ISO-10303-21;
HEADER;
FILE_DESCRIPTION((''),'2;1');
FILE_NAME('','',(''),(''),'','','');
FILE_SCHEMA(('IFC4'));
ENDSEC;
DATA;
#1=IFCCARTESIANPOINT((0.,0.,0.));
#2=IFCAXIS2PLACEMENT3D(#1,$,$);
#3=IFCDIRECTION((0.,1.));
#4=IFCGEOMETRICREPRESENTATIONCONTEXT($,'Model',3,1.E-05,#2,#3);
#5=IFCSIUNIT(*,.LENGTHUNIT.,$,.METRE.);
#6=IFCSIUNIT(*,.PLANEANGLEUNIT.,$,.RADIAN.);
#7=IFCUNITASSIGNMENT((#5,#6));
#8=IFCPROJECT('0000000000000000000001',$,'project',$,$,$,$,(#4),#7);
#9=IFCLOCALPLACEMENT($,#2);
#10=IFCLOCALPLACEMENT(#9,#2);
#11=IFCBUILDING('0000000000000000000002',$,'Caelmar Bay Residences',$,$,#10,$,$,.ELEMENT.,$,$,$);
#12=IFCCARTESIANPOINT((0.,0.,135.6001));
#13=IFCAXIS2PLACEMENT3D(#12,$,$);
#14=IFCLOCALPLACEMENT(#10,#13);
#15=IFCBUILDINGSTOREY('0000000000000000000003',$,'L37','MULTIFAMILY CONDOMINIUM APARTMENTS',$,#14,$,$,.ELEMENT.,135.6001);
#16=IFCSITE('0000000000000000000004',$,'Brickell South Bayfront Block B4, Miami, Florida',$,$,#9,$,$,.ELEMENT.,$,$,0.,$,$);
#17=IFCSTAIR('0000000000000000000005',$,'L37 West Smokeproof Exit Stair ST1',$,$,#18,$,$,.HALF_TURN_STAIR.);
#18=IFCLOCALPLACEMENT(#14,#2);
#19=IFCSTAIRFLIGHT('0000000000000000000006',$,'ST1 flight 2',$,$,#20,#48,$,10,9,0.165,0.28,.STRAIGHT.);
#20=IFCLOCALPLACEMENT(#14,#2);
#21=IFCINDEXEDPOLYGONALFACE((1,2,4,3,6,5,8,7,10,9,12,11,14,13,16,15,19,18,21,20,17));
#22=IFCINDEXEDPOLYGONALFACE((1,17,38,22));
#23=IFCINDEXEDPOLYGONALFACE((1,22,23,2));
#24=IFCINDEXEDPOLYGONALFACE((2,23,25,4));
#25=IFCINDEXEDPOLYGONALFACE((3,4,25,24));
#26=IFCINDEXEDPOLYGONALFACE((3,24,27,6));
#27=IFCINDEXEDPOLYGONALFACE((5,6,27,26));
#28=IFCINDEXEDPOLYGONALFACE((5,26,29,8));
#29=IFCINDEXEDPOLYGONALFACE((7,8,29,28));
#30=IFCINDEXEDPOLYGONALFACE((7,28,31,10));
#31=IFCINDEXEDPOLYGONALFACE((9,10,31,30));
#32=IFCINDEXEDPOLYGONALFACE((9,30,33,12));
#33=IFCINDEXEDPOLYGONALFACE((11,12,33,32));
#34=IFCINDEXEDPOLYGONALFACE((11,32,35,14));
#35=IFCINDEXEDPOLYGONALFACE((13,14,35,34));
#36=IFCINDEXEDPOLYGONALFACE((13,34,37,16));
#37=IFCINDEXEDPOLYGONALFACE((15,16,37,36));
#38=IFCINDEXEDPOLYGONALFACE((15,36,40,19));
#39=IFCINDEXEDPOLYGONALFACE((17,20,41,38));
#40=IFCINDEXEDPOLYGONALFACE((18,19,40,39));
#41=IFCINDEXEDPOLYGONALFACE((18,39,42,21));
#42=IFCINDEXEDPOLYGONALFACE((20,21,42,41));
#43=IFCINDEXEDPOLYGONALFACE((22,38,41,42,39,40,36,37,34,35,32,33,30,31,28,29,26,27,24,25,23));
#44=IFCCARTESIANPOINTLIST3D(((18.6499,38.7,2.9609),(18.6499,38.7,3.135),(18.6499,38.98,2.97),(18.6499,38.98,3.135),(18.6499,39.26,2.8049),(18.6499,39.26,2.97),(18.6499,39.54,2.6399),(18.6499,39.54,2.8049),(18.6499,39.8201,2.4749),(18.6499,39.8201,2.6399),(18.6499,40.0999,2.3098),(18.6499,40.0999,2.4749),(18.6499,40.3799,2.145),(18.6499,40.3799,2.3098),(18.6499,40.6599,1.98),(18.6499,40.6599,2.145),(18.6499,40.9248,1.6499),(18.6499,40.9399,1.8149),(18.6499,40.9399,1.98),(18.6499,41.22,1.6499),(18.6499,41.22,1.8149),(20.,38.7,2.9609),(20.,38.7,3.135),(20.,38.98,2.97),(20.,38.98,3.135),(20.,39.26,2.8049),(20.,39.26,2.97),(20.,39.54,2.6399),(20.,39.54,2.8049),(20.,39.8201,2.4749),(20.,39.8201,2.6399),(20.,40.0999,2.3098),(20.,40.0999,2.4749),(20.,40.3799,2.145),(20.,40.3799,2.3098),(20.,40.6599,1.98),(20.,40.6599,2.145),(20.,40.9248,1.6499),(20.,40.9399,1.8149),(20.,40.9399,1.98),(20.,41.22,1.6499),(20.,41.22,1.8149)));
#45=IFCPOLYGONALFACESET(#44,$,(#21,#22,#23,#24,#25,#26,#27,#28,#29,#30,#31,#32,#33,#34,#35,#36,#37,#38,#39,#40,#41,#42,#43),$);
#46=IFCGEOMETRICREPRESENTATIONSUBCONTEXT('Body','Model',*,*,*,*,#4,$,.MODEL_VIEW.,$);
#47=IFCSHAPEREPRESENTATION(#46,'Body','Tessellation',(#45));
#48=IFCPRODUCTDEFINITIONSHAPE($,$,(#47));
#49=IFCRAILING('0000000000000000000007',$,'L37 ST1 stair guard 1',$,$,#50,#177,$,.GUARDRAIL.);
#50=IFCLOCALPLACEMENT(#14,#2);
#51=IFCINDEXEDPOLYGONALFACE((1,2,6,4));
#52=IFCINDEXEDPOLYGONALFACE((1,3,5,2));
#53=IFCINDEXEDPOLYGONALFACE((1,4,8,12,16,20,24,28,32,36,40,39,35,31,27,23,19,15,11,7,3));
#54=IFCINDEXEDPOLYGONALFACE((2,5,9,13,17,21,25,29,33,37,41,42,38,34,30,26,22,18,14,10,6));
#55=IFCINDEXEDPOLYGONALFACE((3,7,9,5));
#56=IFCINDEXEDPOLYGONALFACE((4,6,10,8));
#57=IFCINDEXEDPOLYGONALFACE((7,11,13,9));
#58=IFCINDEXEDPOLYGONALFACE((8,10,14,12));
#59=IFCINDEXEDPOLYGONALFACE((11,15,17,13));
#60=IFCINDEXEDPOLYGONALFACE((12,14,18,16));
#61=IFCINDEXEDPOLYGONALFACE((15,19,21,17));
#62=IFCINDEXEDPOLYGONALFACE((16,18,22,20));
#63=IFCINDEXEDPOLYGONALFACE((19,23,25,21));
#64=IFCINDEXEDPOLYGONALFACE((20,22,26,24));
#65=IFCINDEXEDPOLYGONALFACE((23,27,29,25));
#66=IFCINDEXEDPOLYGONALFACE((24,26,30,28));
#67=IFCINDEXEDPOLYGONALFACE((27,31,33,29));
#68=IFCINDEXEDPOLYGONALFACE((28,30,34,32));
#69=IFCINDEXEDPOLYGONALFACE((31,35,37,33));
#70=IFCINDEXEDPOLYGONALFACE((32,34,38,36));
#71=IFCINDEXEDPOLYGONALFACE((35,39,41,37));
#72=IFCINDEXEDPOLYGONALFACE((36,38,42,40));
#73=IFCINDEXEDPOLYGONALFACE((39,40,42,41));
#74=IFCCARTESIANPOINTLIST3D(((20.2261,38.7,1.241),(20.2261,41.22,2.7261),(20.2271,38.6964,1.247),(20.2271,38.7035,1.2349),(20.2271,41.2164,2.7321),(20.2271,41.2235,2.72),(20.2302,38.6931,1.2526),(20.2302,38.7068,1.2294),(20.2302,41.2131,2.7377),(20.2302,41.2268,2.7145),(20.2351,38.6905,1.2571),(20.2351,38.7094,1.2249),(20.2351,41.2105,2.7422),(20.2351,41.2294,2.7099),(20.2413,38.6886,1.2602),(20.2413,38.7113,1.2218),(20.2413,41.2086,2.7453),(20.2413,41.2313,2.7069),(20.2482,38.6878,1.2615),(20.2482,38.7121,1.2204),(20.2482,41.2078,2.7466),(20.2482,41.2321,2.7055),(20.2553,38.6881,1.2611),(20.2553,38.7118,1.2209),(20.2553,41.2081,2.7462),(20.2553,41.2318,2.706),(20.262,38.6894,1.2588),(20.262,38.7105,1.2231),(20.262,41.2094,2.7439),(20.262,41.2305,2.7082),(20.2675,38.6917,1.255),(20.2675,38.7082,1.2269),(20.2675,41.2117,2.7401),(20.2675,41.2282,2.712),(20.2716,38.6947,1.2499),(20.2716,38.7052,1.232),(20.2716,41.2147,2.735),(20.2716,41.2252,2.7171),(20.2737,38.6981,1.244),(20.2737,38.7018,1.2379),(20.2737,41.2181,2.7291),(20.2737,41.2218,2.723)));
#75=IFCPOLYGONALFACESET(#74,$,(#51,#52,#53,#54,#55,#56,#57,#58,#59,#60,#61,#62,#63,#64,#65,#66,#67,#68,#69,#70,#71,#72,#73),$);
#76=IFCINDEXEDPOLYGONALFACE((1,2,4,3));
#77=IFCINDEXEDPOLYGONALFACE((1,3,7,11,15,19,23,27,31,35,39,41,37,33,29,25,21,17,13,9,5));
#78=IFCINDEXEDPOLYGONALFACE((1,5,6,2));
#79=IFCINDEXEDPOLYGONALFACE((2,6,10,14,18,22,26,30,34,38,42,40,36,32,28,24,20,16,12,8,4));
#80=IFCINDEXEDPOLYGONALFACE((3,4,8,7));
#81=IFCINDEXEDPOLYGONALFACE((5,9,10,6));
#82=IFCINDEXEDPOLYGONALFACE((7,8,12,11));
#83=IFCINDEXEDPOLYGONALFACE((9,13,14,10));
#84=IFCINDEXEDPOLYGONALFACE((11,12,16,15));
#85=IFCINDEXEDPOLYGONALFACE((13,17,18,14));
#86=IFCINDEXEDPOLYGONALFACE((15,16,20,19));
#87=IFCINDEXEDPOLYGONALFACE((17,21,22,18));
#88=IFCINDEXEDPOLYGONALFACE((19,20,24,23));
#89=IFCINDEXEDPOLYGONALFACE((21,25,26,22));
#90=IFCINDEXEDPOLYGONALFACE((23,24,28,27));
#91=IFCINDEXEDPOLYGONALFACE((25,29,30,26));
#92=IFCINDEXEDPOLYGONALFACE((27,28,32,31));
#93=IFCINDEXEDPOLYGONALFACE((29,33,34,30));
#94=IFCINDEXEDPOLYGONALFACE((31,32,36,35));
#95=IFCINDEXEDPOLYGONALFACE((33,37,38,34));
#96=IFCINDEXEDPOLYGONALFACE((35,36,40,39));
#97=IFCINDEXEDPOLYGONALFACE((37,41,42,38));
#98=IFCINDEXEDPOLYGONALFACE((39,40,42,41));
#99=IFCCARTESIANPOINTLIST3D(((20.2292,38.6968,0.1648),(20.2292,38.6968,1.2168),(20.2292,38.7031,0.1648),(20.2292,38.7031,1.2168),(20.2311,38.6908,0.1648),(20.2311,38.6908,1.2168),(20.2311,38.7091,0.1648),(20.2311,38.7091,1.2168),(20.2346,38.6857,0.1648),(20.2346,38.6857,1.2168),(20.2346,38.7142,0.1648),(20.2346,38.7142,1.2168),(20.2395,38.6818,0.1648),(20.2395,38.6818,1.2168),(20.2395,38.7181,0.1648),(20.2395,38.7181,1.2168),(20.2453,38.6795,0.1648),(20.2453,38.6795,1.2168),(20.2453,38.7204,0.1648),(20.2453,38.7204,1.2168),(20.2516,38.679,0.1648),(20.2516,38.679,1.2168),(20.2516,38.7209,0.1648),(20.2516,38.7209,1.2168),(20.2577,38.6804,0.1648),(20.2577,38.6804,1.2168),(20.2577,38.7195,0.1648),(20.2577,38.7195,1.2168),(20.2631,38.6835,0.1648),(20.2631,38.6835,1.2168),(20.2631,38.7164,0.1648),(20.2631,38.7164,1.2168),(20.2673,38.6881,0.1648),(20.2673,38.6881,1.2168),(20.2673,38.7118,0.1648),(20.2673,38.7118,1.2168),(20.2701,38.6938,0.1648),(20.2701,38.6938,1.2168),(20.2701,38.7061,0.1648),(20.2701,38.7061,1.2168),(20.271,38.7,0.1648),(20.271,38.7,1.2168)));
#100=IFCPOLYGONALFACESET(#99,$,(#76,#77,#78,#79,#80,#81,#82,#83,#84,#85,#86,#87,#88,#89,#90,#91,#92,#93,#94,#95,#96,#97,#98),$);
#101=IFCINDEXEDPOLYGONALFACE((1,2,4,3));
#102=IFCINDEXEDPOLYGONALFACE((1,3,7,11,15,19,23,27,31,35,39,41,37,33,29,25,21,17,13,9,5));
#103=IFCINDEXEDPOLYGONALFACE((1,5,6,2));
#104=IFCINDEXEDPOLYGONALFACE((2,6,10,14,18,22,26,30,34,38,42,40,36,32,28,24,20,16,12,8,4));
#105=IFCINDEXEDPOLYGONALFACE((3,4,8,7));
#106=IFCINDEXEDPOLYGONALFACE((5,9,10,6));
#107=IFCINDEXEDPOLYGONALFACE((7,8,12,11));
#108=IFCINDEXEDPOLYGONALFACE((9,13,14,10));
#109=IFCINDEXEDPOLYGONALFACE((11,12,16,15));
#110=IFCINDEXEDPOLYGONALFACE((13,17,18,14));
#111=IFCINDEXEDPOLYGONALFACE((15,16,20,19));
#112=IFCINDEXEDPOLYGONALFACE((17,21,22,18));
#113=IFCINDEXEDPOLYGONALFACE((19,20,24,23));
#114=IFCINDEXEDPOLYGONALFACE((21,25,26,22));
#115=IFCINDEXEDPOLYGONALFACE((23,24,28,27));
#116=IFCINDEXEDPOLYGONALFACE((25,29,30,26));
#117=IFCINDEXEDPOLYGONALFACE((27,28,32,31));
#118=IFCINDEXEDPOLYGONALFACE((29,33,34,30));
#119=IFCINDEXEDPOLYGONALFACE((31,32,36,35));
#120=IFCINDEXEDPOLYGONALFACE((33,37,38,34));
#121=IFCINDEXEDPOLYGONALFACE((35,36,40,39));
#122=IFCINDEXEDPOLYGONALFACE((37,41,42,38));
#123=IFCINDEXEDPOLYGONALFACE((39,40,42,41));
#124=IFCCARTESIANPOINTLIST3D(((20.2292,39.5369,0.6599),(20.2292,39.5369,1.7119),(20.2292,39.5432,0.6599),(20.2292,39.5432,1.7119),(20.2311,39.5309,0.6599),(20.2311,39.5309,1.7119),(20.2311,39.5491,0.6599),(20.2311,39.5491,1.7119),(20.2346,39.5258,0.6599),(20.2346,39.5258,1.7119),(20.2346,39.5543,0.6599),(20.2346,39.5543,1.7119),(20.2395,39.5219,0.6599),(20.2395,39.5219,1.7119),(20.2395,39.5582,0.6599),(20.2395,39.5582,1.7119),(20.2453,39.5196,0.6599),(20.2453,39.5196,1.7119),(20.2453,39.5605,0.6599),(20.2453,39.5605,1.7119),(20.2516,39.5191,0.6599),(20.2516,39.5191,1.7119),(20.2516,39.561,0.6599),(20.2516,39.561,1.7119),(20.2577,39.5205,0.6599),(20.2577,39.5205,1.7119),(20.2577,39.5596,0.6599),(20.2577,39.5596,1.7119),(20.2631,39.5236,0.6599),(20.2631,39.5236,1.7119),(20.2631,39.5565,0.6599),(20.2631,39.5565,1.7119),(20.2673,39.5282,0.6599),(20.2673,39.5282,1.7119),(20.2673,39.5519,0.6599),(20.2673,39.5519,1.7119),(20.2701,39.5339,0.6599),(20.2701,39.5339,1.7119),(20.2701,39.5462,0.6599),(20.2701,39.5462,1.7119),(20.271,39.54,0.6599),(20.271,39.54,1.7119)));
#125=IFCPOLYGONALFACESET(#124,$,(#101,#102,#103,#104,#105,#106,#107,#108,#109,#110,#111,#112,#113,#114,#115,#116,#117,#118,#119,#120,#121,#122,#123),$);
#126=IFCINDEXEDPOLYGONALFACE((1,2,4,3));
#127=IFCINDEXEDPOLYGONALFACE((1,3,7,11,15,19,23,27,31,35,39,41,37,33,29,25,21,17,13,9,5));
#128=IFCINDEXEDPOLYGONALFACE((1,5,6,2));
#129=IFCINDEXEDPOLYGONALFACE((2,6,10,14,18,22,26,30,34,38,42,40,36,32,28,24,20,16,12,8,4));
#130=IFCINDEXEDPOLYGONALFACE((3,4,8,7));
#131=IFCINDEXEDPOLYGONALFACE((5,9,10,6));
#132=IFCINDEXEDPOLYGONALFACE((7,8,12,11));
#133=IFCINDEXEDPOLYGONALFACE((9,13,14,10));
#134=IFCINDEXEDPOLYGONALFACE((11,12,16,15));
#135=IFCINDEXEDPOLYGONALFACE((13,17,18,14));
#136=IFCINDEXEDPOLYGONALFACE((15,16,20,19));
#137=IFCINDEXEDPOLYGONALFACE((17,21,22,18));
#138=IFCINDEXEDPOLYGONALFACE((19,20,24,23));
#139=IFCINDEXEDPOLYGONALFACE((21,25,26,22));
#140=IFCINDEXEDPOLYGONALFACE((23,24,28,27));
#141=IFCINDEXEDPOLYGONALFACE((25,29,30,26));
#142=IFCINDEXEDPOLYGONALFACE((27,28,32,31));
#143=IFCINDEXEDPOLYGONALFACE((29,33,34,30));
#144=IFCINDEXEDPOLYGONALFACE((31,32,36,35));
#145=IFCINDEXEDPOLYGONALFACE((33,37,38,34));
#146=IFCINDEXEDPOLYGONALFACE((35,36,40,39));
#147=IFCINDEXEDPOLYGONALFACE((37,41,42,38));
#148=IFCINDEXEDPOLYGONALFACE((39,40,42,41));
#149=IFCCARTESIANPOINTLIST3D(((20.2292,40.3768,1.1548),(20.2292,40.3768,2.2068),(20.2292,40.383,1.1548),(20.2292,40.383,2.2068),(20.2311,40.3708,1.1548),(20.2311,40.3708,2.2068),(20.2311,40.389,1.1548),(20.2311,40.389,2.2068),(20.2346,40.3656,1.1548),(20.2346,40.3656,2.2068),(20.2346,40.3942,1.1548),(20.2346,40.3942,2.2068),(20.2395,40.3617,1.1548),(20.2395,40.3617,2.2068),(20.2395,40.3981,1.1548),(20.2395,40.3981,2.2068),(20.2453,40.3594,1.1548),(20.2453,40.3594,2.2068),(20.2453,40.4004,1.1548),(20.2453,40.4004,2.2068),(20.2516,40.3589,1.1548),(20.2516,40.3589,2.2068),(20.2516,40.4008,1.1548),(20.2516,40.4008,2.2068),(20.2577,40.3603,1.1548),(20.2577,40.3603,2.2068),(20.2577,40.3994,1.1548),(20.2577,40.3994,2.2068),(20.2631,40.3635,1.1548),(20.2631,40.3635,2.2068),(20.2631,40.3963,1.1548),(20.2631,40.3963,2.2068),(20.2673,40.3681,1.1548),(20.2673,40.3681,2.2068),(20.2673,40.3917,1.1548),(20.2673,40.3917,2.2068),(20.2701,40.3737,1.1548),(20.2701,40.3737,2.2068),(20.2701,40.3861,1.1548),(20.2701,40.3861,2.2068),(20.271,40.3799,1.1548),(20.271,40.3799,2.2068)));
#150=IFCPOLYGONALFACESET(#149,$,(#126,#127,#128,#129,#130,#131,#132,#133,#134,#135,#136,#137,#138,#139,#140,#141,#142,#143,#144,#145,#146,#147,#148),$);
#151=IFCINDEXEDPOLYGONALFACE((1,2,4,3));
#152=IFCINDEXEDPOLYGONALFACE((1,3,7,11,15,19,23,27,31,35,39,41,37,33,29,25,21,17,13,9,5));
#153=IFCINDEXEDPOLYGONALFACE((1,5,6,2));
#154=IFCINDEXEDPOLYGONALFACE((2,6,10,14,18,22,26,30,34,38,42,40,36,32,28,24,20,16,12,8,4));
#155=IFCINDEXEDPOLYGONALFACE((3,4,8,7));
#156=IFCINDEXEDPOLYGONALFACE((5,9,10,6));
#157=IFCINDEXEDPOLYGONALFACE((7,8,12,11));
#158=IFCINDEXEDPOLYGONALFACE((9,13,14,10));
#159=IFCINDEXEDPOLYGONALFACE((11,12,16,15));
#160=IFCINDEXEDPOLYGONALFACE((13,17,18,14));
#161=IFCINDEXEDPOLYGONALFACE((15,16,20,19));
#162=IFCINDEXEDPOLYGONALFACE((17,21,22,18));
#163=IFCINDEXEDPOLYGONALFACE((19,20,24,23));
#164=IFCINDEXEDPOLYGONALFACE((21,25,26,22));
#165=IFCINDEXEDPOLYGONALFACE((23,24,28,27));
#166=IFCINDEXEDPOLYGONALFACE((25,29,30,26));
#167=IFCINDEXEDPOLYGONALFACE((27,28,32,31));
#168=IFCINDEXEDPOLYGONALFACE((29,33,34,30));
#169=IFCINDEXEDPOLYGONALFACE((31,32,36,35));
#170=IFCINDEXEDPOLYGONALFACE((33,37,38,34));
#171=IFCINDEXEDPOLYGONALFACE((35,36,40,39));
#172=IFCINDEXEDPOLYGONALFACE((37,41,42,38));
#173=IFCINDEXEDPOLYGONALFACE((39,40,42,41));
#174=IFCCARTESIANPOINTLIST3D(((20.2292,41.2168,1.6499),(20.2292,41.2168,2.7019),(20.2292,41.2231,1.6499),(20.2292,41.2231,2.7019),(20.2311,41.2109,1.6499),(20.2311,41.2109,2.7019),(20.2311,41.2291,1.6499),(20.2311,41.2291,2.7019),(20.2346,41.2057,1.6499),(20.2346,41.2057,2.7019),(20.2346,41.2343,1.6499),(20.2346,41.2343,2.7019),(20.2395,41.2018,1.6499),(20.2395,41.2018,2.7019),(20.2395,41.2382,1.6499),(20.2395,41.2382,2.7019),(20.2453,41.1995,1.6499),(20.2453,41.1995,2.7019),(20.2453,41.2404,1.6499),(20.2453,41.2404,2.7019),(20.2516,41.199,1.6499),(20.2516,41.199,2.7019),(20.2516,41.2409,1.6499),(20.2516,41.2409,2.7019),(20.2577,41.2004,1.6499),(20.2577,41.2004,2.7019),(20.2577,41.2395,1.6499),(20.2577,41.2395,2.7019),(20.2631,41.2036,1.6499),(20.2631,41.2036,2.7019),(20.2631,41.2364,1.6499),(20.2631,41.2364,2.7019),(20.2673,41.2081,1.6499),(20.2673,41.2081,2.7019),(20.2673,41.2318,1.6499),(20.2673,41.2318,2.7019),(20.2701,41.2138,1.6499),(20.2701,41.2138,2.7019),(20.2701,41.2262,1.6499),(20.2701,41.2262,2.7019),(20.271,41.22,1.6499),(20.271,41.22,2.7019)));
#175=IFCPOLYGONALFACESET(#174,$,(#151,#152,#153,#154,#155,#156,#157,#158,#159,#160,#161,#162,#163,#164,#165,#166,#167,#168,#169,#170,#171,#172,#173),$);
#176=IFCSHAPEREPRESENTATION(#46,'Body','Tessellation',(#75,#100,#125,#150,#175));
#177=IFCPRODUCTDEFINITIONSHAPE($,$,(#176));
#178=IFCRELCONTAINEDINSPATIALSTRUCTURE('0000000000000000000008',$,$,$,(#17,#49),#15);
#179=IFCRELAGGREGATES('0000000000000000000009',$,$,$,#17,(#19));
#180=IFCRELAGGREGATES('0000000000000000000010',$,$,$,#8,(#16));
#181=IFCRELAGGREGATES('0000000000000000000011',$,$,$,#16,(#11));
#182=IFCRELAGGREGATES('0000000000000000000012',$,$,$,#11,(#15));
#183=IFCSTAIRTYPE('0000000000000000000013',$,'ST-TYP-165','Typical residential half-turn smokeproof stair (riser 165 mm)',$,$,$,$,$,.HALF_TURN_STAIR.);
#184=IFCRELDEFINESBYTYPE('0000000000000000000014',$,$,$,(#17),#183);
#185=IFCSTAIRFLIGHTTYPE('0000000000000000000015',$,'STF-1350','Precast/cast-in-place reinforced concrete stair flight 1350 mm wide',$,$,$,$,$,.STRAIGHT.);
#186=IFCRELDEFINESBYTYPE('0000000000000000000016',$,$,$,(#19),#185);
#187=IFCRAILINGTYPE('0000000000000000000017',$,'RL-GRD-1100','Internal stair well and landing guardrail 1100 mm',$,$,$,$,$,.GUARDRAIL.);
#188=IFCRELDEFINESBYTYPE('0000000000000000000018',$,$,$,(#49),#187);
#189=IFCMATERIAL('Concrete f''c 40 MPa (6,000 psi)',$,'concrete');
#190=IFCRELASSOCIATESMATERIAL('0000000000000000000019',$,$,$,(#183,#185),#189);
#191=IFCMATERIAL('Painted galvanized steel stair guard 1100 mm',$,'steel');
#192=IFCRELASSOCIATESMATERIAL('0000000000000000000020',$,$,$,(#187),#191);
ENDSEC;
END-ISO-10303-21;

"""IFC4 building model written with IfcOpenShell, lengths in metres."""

from ifc_helpers import new_model, si_unit, direction, frame, origin, origin_2d, place, context, subcontext, project, spatial, polyline, circle, outline, extrude, material, type_object, element, aggregate, save


model = new_model("IFC4")

# Units and contexts
model_context = context("Model", 3, precision=1e-05, world=origin(), true_north=direction((0.0, 1.0)))
body_context = subcontext(model_context, "Body", "Model", "MODEL_VIEW")
ifc_project = project(units=[si_unit("LENGTHUNIT", "METRE"), si_unit("PLANEANGLEUNIT", "RADIAN")], contexts=[model_context])

# Site, building, storey
site_placement = place(None, origin())
site = spatial("IfcSite", under=ifc_project, at=site_placement, Name="Brickell South Bayfront Block B4, Miami, Florida", CompositionType="ELEMENT", RefElevation=0.0)
building_placement = place(site_placement, origin())
building = spatial("IfcBuilding", under=site, at=building_placement, Name="Caelmar Bay Residences", CompositionType="ELEMENT")
storey_placement = place(building_placement, frame((0.0, 0.0, 135.6001)))
storey = spatial("IfcBuildingStorey", under=building, at=storey_placement, Name="L37", Description="MULTIFAMILY CONDOMINIUM APARTMENTS", CompositionType="ELEMENT", Elevation=135.6001)

# Stair, stair flight
ifc_material_1 = material(Name="Concrete f'c 40 MPa (6,000 psi)", Category="concrete")
stair_type = type_object("IfcStairType", Name="ST-TYP-165", Description="Typical residential half-turn smokeproof stair (riser 165 mm)", PredefinedType="HALF_TURN_STAIR", material=ifc_material_1)
stair_placement = place(storey_placement, origin())
stair = element("IfcStair", 1, at=stair_placement, inside=storey, type_object=stair_type, Name="L37 West Smokeproof Exit Stair ST1", PredefinedType="HALF_TURN_STAIR")
stair_flight_type = type_object("IfcStairFlightType", Name="STF-1350", Description="Precast/cast-in-place reinforced concrete stair flight 1350 mm wide", PredefinedType="STRAIGHT", material=ifc_material_1)
stair_flight_1_placement = place(storey_placement, frame((19.325, 41.22, 1.6499), z_axis=(0.0, 0.0, 1.0), x_axis=(0.0, -1.0, 0.0)))
stair_flight_1 = element("IfcStairFlight", 2, at=stair_flight_1_placement, type_object=stair_flight_type, Name="ST1 flight 2", NumberOfRisers=10, NumberOfTreads=9, PredefinedType="STRAIGHT", RiserHeight=0.165, TreadLength=0.28, context=body_context, shape_type="SweptSolid", body=[
    extrude(outline(polyline([(0.0, 0.0), (0.0, 0.165), (0.28, 0.165), (0.28, 0.3301), (0.5601, 0.3301), (0.5601, 0.4951), (0.8401, 0.4951), (0.8401, 0.6599), (1.1201, 0.6599), (1.1201, 0.825), (1.3999, 0.825), (1.3999, 0.99), (1.6799, 0.99), (1.6799, 1.155), (1.96, 1.155), (1.96, 1.3201), (2.24, 1.3201), (2.24, 1.4851), (2.52, 1.4851), (2.52, 1.6499), (2.52, 1.311), (0.2952, 0.0), (0.0, 0.0)])), frame((0.0, 0.675, 0.0), z_axis=(0.0, -1.0, 0.0), x_axis=(1.0, 0.0, 0.0)), (0.0, 0.0, 1.0), 1.3501),
])
aggregate(stair, [stair_flight_1])

# Railing
ifc_material_2 = material(Name="Painted galvanized steel stair guard 1100 mm", Category="steel")
railing_type_1 = type_object("IfcRailingType", Name="RL-GRD-1100", Description="Internal stair well and landing guardrail 1100 mm", PredefinedType="GUARDRAIL", material=ifc_material_2)
railing_1_placement = place(storey_placement, frame((20.25, 38.7, 0.1648)))
element("IfcRailing", 3, at=railing_1_placement, inside=storey, type_object=railing_type_1, Name="L37 ST1 stair guard 1", PredefinedType="GUARDRAIL", context=body_context, shape_type="SweptSolid", body=[
    extrude(circle(Radius=0.0239, at=origin_2d()), frame((0.0, 0.0, 1.0762), z_axis=(0.0, 0.861524, 0.507717), x_axis=(-1.0, 0.0, 0.0)), (0.0, 0.0, 1.0), 2.925),
    extrude(circle(Radius=0.021, at=origin_2d()), origin(), (0.0, 0.0, 1.0), 1.052),
    extrude(circle(Radius=0.021, at=origin_2d()), frame((0.0, 0.8401, 0.4951)), (0.0, 0.0, 1.0), 1.052),
    extrude(circle(Radius=0.021, at=origin_2d()), frame((0.0, 1.6799, 0.99)), (0.0, 0.0, 1.0), 1.052),
    extrude(circle(Radius=0.021, at=origin_2d()), frame((0.0, 2.52, 1.4851)), (0.0, 0.0, 1.0), 1.052),
])

save(model, "model.ifc")
